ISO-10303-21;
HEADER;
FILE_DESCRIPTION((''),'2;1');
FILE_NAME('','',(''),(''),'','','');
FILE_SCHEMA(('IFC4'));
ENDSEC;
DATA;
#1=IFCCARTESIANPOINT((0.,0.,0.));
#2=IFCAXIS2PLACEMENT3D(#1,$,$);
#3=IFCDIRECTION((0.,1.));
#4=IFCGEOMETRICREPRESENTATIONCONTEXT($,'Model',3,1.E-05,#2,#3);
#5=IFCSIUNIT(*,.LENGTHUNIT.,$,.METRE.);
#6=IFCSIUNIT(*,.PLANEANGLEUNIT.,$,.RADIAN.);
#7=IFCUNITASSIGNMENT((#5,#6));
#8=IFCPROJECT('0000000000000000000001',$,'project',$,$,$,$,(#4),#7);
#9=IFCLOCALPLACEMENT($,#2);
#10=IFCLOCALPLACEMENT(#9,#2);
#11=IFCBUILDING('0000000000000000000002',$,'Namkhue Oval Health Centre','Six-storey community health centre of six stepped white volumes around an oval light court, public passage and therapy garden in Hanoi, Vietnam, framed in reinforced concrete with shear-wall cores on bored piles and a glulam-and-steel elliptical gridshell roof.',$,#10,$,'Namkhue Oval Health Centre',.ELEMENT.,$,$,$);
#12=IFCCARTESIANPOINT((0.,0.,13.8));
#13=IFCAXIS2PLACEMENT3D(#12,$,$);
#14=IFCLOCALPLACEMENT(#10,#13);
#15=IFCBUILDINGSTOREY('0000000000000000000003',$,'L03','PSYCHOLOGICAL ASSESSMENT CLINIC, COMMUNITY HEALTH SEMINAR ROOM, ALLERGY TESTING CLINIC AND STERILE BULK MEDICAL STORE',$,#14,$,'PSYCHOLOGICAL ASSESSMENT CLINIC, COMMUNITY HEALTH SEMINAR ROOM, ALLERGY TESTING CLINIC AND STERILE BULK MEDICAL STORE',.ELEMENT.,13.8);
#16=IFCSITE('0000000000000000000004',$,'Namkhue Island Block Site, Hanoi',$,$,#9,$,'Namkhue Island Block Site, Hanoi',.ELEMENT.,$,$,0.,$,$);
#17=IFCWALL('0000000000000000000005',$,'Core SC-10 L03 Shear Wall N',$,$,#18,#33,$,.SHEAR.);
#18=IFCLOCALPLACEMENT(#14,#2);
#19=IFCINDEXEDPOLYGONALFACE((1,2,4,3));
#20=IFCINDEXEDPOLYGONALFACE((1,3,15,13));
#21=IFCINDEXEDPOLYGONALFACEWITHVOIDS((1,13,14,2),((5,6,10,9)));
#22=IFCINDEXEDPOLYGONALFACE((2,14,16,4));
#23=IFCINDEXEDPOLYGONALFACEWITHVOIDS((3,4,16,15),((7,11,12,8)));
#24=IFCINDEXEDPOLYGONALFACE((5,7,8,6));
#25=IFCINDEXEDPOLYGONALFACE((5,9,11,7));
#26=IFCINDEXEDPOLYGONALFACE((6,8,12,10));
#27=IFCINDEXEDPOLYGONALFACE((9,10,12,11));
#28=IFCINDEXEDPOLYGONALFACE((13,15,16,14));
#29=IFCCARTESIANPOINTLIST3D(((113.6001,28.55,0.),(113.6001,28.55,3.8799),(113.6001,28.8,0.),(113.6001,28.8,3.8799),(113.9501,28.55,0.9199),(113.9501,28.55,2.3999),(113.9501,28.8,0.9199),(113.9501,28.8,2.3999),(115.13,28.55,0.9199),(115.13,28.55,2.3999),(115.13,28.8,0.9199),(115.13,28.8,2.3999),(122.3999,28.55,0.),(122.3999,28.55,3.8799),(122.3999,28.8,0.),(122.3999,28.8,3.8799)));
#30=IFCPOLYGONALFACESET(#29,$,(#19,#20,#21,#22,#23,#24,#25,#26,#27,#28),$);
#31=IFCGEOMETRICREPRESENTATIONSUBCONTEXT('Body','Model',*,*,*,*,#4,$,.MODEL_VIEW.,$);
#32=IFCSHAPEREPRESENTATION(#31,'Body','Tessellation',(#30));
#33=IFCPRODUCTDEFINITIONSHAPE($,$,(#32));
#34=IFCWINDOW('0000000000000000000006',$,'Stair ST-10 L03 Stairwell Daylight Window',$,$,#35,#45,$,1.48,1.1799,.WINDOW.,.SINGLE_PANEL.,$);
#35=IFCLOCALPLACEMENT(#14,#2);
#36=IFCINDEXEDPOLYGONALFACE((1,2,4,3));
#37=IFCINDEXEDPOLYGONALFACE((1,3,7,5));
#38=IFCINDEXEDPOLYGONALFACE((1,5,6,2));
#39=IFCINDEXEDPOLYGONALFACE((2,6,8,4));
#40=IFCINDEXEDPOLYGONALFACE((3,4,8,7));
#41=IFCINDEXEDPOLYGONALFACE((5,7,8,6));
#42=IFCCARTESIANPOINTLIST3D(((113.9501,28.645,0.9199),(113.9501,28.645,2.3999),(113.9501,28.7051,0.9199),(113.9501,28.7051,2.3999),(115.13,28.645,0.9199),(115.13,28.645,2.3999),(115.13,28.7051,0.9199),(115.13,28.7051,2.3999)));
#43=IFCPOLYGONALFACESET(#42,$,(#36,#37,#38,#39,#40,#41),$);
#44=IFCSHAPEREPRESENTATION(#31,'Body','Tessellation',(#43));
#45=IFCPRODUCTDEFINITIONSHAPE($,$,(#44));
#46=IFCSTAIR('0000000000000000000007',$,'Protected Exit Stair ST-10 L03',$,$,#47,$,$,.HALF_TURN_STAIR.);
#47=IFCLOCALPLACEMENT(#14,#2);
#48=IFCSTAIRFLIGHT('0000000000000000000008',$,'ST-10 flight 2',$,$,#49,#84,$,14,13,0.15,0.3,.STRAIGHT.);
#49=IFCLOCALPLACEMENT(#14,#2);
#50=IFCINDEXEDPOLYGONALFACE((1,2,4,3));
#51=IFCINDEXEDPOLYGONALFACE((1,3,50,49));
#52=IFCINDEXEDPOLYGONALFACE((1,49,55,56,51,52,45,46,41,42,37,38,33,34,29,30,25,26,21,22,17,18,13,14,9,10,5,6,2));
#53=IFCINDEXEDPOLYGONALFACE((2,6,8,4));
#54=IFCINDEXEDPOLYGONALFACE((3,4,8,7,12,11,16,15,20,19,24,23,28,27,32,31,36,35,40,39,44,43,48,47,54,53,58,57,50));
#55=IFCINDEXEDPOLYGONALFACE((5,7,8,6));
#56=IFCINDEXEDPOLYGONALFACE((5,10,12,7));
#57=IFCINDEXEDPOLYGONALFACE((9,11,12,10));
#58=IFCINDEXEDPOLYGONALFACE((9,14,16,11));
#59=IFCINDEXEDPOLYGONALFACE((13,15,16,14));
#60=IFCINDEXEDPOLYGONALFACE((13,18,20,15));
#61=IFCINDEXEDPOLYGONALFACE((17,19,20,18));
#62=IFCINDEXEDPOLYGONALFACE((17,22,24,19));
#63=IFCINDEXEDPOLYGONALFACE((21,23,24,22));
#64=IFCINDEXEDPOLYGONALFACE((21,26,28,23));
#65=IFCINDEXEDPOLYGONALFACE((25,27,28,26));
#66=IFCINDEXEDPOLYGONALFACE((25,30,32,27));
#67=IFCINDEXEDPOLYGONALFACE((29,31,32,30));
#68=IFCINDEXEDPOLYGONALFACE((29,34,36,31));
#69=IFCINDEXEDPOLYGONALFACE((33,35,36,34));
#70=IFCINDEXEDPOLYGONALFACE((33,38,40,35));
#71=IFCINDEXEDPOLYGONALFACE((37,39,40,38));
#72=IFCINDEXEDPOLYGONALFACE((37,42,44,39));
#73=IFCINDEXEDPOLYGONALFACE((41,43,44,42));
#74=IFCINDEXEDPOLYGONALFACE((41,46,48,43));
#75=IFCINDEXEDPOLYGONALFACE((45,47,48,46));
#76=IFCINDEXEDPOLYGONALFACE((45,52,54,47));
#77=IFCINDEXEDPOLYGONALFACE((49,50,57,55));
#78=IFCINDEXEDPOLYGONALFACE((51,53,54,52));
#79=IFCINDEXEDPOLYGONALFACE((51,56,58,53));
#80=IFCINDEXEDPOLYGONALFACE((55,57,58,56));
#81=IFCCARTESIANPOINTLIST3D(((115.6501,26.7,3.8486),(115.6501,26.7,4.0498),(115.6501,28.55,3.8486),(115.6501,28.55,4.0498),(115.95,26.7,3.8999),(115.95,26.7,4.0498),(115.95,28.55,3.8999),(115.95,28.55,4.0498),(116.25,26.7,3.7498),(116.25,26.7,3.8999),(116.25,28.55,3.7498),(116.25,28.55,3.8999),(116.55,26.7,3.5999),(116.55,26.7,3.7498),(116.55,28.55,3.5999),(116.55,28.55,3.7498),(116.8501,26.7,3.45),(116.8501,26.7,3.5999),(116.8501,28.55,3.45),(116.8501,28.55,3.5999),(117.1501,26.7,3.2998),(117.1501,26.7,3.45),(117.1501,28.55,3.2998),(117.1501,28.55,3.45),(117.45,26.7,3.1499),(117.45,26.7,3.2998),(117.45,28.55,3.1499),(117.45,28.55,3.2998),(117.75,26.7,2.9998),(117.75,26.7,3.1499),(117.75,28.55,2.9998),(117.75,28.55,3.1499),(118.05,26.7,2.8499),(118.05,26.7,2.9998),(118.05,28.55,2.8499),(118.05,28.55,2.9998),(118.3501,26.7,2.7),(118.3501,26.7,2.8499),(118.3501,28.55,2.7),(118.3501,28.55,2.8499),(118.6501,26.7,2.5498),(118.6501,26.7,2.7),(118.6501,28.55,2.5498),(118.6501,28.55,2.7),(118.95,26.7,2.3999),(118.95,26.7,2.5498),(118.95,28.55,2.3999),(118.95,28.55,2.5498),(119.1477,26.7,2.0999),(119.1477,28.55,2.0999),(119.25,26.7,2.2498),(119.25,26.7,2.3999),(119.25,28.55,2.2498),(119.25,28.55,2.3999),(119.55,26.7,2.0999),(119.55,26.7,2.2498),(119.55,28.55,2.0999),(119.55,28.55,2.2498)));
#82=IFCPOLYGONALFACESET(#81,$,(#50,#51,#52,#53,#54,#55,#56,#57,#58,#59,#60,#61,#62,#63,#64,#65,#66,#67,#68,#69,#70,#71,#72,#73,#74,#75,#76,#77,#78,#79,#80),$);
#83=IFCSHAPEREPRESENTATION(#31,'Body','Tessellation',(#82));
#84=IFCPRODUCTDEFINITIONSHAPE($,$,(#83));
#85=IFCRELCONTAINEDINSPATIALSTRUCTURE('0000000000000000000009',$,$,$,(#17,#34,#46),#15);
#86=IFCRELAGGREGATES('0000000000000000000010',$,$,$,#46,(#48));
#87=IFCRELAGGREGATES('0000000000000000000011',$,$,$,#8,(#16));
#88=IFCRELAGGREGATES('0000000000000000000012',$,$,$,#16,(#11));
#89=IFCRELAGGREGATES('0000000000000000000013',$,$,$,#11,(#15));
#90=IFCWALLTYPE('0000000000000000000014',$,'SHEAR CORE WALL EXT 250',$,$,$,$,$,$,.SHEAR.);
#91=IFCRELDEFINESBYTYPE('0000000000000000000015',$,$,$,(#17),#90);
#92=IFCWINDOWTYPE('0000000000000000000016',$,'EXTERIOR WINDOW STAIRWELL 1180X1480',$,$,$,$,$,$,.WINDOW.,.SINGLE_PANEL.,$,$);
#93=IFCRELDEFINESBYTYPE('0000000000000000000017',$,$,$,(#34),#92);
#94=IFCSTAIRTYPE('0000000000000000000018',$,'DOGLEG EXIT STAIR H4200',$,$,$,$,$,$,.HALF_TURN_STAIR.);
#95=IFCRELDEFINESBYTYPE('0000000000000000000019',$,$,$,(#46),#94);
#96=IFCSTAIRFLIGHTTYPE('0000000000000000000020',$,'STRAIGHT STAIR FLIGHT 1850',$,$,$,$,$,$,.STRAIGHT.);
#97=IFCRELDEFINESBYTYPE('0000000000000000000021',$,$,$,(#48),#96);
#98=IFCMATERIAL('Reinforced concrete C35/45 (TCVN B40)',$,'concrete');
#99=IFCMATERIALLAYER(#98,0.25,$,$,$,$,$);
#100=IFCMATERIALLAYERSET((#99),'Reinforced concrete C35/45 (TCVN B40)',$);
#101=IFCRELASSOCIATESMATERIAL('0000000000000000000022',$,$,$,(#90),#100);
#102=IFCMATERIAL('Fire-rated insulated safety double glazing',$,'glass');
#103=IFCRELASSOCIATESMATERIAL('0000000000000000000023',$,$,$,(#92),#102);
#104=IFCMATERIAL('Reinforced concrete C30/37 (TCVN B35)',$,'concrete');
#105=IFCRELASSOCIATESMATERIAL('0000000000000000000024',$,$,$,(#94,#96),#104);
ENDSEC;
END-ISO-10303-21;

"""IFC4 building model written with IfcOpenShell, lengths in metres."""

from ifc_helpers import new_model, si_unit, direction, frame, frame_2d, origin, place, context, subcontext, project, spatial, polyline, rectangle, outline, extrude, material, layer, layer_set, type_object, element, fill, aggregate, save


model = new_model("IFC4")

# Units and contexts
model_context = context("Model", 3, precision=1e-05, world=origin(), true_north=direction((0.0, 1.0)))
body_context = subcontext(model_context, "Body", "Model", "MODEL_VIEW")
ifc_project = project(units=[si_unit("LENGTHUNIT", "METRE"), si_unit("PLANEANGLEUNIT", "RADIAN")], contexts=[model_context])

# Site, building, storey
site_placement = place(None, origin())
site = spatial("IfcSite", under=ifc_project, at=site_placement, Name="Namkhue Island Block Site, Hanoi", LongName="Namkhue Island Block Site, Hanoi", CompositionType="ELEMENT", RefElevation=0.0)
building_placement = place(site_placement, origin())
building = spatial("IfcBuilding", under=site, at=building_placement, Name="Namkhue Oval Health Centre", Description="Six-storey community health centre of six stepped white volumes around an oval light court, public passage and therapy garden in Hanoi, Vietnam, framed in reinforced concrete with shear-wall cores on bored piles and a glulam-and-steel elliptical gridshell roof.", LongName="Namkhue Oval Health Centre", CompositionType="ELEMENT")
storey_placement = place(building_placement, frame((0.0, 0.0, 13.8)))
storey = spatial("IfcBuildingStorey", under=building, at=storey_placement, Name="L03", Description="PSYCHOLOGICAL ASSESSMENT CLINIC, COMMUNITY HEALTH SEMINAR ROOM, ALLERGY TESTING CLINIC AND STERILE BULK MEDICAL STORE", LongName="PSYCHOLOGICAL ASSESSMENT CLINIC, COMMUNITY HEALTH SEMINAR ROOM, ALLERGY TESTING CLINIC AND STERILE BULK MEDICAL STORE", CompositionType="ELEMENT", Elevation=13.8)

# Shared definitions
ifc_material_1 = material(Name="Reinforced concrete C35/45 (TCVN B40)", Category="concrete")

# Shared definitions
ifc_layer_1 = layer(ifc_material_1, 0.25)
ifc_layer_set_1 = layer_set([ifc_layer_1], Name="Reinforced concrete C35/45 (TCVN B40)")
wall_type_1 = type_object("IfcWallType", Name="SHEAR CORE WALL EXT 250", PredefinedType="SHEAR", material=ifc_layer_set_1)

# Wall, opening, window
wall_1_placement = place(storey_placement, frame((122.3999, 28.675, 0.0), z_axis=(0.0, 0.0, 1.0), x_axis=(-1.0, 0.0, 0.0)))
wall_1 = element("IfcWall", 1, at=wall_1_placement, inside=storey, type_object=wall_type_1, Name="Core SC-10 L03 Shear Wall N", PredefinedType="SHEAR", context=body_context, shape_type="SweptSolid", body=[
    extrude(rectangle(XDim=8.7998, YDim=0.25, at=frame_2d((4.3999, 0.0))), origin(), (0.0, 0.0, 1.0), 3.8799),
])
opening_placement = place(wall_1_placement, frame((7.27, 0.0, 0.9199)))
opening = element("IfcOpeningElement", 2, at=opening_placement, cuts=wall_1, PredefinedType="OPENING", context=body_context, shape_type="SweptSolid", body=[
    extrude(rectangle(XDim=1.1799, YDim=1.48, at=frame_2d((0.5898, 0.74))), frame((0.0, 0.135, 0.0), z_axis=(0.0, -1.0, 0.0), x_axis=(1.0, 0.0, 0.0)), (0.0, 0.0, 1.0), 0.27),
])
ifc_material_2 = material(Name="Fire-rated insulated safety double glazing", Category="glass")
window_type = type_object("IfcWindowType", Name="EXTERIOR WINDOW STAIRWELL 1180X1480", PartitioningType="SINGLE_PANEL", PredefinedType="WINDOW", material=ifc_material_2)
window_placement = place(opening_placement, origin())
window = element("IfcWindow", 3, at=window_placement, inside=storey, type_object=window_type, Name="Stair ST-10 L03 Stairwell Daylight Window", OverallHeight=1.48, OverallWidth=1.1799, PartitioningType="SINGLE_PANEL", PredefinedType="WINDOW", context=body_context, shape_type="SweptSolid", body=[
    extrude(rectangle(XDim=1.1799, YDim=1.48, at=frame_2d((0.5898, 0.74))), frame((0.0, 0.03, 0.0), z_axis=(0.0, -1.0, 0.0), x_axis=(1.0, 0.0, 0.0)), (0.0, 0.0, 1.0), 0.0601),
])
fill(opening, window)

# Stair, stair flight
ifc_material_3 = material(Name="Reinforced concrete C30/37 (TCVN B35)", Category="concrete")
stair_type = type_object("IfcStairType", Name="DOGLEG EXIT STAIR H4200", PredefinedType="HALF_TURN_STAIR", material=ifc_material_3)
stair_placement = place(storey_placement, origin())
stair = element("IfcStair", 4, at=stair_placement, inside=storey, type_object=stair_type, Name="Protected Exit Stair ST-10 L03", PredefinedType="HALF_TURN_STAIR")
stair_flight_type = type_object("IfcStairFlightType", Name="STRAIGHT STAIR FLIGHT 1850", PredefinedType="STRAIGHT", material=ifc_material_3)
stair_flight_placement = place(storey_placement, frame((119.55, 27.625, 2.0999), z_axis=(0.0, 0.0, 1.0), x_axis=(-1.0, 0.0, 0.0)))
stair_flight = element("IfcStairFlight", 5, at=stair_flight_placement, type_object=stair_flight_type, Name="ST-10 flight 2", NumberOfRisers=14, NumberOfTreads=13, PredefinedType="STRAIGHT", RiserHeight=0.15, TreadLength=0.3, context=body_context, shape_type="SweptSolid", body=[
    extrude(outline(polyline([(0.0, 0.0), (0.0, 0.1499), (0.3, 0.1499), (0.3, 0.3), (0.6001, 0.3), (0.6001, 0.45), (0.8999, 0.45), (0.8999, 0.6001), (1.2, 0.6001), (1.2, 0.75), (1.5, 0.75), (1.5, 0.8999), (1.8, 0.8999), (1.8, 1.05), (2.1001, 1.05), (2.1001, 1.2), (2.3999, 1.2), (2.3999, 1.3501), (2.7, 1.3501), (2.7, 1.5), (3.0, 1.5), (3.0, 1.6499), (3.3, 1.6499), (3.3, 1.8), (3.6001, 1.8), (3.6001, 1.95), (3.8999, 1.95), (3.8999, 2.1001), (3.8999, 1.7488), (0.4023, 0.0), (0.0, 0.0)])), frame((0.0, 0.925, 0.0), z_axis=(0.0, -1.0, 0.0), x_axis=(1.0, 0.0, 0.0)), (0.0, 0.0, 1.0), 1.8501),
])
aggregate(stair, [stair_flight])

save(model, "model.ifc")
